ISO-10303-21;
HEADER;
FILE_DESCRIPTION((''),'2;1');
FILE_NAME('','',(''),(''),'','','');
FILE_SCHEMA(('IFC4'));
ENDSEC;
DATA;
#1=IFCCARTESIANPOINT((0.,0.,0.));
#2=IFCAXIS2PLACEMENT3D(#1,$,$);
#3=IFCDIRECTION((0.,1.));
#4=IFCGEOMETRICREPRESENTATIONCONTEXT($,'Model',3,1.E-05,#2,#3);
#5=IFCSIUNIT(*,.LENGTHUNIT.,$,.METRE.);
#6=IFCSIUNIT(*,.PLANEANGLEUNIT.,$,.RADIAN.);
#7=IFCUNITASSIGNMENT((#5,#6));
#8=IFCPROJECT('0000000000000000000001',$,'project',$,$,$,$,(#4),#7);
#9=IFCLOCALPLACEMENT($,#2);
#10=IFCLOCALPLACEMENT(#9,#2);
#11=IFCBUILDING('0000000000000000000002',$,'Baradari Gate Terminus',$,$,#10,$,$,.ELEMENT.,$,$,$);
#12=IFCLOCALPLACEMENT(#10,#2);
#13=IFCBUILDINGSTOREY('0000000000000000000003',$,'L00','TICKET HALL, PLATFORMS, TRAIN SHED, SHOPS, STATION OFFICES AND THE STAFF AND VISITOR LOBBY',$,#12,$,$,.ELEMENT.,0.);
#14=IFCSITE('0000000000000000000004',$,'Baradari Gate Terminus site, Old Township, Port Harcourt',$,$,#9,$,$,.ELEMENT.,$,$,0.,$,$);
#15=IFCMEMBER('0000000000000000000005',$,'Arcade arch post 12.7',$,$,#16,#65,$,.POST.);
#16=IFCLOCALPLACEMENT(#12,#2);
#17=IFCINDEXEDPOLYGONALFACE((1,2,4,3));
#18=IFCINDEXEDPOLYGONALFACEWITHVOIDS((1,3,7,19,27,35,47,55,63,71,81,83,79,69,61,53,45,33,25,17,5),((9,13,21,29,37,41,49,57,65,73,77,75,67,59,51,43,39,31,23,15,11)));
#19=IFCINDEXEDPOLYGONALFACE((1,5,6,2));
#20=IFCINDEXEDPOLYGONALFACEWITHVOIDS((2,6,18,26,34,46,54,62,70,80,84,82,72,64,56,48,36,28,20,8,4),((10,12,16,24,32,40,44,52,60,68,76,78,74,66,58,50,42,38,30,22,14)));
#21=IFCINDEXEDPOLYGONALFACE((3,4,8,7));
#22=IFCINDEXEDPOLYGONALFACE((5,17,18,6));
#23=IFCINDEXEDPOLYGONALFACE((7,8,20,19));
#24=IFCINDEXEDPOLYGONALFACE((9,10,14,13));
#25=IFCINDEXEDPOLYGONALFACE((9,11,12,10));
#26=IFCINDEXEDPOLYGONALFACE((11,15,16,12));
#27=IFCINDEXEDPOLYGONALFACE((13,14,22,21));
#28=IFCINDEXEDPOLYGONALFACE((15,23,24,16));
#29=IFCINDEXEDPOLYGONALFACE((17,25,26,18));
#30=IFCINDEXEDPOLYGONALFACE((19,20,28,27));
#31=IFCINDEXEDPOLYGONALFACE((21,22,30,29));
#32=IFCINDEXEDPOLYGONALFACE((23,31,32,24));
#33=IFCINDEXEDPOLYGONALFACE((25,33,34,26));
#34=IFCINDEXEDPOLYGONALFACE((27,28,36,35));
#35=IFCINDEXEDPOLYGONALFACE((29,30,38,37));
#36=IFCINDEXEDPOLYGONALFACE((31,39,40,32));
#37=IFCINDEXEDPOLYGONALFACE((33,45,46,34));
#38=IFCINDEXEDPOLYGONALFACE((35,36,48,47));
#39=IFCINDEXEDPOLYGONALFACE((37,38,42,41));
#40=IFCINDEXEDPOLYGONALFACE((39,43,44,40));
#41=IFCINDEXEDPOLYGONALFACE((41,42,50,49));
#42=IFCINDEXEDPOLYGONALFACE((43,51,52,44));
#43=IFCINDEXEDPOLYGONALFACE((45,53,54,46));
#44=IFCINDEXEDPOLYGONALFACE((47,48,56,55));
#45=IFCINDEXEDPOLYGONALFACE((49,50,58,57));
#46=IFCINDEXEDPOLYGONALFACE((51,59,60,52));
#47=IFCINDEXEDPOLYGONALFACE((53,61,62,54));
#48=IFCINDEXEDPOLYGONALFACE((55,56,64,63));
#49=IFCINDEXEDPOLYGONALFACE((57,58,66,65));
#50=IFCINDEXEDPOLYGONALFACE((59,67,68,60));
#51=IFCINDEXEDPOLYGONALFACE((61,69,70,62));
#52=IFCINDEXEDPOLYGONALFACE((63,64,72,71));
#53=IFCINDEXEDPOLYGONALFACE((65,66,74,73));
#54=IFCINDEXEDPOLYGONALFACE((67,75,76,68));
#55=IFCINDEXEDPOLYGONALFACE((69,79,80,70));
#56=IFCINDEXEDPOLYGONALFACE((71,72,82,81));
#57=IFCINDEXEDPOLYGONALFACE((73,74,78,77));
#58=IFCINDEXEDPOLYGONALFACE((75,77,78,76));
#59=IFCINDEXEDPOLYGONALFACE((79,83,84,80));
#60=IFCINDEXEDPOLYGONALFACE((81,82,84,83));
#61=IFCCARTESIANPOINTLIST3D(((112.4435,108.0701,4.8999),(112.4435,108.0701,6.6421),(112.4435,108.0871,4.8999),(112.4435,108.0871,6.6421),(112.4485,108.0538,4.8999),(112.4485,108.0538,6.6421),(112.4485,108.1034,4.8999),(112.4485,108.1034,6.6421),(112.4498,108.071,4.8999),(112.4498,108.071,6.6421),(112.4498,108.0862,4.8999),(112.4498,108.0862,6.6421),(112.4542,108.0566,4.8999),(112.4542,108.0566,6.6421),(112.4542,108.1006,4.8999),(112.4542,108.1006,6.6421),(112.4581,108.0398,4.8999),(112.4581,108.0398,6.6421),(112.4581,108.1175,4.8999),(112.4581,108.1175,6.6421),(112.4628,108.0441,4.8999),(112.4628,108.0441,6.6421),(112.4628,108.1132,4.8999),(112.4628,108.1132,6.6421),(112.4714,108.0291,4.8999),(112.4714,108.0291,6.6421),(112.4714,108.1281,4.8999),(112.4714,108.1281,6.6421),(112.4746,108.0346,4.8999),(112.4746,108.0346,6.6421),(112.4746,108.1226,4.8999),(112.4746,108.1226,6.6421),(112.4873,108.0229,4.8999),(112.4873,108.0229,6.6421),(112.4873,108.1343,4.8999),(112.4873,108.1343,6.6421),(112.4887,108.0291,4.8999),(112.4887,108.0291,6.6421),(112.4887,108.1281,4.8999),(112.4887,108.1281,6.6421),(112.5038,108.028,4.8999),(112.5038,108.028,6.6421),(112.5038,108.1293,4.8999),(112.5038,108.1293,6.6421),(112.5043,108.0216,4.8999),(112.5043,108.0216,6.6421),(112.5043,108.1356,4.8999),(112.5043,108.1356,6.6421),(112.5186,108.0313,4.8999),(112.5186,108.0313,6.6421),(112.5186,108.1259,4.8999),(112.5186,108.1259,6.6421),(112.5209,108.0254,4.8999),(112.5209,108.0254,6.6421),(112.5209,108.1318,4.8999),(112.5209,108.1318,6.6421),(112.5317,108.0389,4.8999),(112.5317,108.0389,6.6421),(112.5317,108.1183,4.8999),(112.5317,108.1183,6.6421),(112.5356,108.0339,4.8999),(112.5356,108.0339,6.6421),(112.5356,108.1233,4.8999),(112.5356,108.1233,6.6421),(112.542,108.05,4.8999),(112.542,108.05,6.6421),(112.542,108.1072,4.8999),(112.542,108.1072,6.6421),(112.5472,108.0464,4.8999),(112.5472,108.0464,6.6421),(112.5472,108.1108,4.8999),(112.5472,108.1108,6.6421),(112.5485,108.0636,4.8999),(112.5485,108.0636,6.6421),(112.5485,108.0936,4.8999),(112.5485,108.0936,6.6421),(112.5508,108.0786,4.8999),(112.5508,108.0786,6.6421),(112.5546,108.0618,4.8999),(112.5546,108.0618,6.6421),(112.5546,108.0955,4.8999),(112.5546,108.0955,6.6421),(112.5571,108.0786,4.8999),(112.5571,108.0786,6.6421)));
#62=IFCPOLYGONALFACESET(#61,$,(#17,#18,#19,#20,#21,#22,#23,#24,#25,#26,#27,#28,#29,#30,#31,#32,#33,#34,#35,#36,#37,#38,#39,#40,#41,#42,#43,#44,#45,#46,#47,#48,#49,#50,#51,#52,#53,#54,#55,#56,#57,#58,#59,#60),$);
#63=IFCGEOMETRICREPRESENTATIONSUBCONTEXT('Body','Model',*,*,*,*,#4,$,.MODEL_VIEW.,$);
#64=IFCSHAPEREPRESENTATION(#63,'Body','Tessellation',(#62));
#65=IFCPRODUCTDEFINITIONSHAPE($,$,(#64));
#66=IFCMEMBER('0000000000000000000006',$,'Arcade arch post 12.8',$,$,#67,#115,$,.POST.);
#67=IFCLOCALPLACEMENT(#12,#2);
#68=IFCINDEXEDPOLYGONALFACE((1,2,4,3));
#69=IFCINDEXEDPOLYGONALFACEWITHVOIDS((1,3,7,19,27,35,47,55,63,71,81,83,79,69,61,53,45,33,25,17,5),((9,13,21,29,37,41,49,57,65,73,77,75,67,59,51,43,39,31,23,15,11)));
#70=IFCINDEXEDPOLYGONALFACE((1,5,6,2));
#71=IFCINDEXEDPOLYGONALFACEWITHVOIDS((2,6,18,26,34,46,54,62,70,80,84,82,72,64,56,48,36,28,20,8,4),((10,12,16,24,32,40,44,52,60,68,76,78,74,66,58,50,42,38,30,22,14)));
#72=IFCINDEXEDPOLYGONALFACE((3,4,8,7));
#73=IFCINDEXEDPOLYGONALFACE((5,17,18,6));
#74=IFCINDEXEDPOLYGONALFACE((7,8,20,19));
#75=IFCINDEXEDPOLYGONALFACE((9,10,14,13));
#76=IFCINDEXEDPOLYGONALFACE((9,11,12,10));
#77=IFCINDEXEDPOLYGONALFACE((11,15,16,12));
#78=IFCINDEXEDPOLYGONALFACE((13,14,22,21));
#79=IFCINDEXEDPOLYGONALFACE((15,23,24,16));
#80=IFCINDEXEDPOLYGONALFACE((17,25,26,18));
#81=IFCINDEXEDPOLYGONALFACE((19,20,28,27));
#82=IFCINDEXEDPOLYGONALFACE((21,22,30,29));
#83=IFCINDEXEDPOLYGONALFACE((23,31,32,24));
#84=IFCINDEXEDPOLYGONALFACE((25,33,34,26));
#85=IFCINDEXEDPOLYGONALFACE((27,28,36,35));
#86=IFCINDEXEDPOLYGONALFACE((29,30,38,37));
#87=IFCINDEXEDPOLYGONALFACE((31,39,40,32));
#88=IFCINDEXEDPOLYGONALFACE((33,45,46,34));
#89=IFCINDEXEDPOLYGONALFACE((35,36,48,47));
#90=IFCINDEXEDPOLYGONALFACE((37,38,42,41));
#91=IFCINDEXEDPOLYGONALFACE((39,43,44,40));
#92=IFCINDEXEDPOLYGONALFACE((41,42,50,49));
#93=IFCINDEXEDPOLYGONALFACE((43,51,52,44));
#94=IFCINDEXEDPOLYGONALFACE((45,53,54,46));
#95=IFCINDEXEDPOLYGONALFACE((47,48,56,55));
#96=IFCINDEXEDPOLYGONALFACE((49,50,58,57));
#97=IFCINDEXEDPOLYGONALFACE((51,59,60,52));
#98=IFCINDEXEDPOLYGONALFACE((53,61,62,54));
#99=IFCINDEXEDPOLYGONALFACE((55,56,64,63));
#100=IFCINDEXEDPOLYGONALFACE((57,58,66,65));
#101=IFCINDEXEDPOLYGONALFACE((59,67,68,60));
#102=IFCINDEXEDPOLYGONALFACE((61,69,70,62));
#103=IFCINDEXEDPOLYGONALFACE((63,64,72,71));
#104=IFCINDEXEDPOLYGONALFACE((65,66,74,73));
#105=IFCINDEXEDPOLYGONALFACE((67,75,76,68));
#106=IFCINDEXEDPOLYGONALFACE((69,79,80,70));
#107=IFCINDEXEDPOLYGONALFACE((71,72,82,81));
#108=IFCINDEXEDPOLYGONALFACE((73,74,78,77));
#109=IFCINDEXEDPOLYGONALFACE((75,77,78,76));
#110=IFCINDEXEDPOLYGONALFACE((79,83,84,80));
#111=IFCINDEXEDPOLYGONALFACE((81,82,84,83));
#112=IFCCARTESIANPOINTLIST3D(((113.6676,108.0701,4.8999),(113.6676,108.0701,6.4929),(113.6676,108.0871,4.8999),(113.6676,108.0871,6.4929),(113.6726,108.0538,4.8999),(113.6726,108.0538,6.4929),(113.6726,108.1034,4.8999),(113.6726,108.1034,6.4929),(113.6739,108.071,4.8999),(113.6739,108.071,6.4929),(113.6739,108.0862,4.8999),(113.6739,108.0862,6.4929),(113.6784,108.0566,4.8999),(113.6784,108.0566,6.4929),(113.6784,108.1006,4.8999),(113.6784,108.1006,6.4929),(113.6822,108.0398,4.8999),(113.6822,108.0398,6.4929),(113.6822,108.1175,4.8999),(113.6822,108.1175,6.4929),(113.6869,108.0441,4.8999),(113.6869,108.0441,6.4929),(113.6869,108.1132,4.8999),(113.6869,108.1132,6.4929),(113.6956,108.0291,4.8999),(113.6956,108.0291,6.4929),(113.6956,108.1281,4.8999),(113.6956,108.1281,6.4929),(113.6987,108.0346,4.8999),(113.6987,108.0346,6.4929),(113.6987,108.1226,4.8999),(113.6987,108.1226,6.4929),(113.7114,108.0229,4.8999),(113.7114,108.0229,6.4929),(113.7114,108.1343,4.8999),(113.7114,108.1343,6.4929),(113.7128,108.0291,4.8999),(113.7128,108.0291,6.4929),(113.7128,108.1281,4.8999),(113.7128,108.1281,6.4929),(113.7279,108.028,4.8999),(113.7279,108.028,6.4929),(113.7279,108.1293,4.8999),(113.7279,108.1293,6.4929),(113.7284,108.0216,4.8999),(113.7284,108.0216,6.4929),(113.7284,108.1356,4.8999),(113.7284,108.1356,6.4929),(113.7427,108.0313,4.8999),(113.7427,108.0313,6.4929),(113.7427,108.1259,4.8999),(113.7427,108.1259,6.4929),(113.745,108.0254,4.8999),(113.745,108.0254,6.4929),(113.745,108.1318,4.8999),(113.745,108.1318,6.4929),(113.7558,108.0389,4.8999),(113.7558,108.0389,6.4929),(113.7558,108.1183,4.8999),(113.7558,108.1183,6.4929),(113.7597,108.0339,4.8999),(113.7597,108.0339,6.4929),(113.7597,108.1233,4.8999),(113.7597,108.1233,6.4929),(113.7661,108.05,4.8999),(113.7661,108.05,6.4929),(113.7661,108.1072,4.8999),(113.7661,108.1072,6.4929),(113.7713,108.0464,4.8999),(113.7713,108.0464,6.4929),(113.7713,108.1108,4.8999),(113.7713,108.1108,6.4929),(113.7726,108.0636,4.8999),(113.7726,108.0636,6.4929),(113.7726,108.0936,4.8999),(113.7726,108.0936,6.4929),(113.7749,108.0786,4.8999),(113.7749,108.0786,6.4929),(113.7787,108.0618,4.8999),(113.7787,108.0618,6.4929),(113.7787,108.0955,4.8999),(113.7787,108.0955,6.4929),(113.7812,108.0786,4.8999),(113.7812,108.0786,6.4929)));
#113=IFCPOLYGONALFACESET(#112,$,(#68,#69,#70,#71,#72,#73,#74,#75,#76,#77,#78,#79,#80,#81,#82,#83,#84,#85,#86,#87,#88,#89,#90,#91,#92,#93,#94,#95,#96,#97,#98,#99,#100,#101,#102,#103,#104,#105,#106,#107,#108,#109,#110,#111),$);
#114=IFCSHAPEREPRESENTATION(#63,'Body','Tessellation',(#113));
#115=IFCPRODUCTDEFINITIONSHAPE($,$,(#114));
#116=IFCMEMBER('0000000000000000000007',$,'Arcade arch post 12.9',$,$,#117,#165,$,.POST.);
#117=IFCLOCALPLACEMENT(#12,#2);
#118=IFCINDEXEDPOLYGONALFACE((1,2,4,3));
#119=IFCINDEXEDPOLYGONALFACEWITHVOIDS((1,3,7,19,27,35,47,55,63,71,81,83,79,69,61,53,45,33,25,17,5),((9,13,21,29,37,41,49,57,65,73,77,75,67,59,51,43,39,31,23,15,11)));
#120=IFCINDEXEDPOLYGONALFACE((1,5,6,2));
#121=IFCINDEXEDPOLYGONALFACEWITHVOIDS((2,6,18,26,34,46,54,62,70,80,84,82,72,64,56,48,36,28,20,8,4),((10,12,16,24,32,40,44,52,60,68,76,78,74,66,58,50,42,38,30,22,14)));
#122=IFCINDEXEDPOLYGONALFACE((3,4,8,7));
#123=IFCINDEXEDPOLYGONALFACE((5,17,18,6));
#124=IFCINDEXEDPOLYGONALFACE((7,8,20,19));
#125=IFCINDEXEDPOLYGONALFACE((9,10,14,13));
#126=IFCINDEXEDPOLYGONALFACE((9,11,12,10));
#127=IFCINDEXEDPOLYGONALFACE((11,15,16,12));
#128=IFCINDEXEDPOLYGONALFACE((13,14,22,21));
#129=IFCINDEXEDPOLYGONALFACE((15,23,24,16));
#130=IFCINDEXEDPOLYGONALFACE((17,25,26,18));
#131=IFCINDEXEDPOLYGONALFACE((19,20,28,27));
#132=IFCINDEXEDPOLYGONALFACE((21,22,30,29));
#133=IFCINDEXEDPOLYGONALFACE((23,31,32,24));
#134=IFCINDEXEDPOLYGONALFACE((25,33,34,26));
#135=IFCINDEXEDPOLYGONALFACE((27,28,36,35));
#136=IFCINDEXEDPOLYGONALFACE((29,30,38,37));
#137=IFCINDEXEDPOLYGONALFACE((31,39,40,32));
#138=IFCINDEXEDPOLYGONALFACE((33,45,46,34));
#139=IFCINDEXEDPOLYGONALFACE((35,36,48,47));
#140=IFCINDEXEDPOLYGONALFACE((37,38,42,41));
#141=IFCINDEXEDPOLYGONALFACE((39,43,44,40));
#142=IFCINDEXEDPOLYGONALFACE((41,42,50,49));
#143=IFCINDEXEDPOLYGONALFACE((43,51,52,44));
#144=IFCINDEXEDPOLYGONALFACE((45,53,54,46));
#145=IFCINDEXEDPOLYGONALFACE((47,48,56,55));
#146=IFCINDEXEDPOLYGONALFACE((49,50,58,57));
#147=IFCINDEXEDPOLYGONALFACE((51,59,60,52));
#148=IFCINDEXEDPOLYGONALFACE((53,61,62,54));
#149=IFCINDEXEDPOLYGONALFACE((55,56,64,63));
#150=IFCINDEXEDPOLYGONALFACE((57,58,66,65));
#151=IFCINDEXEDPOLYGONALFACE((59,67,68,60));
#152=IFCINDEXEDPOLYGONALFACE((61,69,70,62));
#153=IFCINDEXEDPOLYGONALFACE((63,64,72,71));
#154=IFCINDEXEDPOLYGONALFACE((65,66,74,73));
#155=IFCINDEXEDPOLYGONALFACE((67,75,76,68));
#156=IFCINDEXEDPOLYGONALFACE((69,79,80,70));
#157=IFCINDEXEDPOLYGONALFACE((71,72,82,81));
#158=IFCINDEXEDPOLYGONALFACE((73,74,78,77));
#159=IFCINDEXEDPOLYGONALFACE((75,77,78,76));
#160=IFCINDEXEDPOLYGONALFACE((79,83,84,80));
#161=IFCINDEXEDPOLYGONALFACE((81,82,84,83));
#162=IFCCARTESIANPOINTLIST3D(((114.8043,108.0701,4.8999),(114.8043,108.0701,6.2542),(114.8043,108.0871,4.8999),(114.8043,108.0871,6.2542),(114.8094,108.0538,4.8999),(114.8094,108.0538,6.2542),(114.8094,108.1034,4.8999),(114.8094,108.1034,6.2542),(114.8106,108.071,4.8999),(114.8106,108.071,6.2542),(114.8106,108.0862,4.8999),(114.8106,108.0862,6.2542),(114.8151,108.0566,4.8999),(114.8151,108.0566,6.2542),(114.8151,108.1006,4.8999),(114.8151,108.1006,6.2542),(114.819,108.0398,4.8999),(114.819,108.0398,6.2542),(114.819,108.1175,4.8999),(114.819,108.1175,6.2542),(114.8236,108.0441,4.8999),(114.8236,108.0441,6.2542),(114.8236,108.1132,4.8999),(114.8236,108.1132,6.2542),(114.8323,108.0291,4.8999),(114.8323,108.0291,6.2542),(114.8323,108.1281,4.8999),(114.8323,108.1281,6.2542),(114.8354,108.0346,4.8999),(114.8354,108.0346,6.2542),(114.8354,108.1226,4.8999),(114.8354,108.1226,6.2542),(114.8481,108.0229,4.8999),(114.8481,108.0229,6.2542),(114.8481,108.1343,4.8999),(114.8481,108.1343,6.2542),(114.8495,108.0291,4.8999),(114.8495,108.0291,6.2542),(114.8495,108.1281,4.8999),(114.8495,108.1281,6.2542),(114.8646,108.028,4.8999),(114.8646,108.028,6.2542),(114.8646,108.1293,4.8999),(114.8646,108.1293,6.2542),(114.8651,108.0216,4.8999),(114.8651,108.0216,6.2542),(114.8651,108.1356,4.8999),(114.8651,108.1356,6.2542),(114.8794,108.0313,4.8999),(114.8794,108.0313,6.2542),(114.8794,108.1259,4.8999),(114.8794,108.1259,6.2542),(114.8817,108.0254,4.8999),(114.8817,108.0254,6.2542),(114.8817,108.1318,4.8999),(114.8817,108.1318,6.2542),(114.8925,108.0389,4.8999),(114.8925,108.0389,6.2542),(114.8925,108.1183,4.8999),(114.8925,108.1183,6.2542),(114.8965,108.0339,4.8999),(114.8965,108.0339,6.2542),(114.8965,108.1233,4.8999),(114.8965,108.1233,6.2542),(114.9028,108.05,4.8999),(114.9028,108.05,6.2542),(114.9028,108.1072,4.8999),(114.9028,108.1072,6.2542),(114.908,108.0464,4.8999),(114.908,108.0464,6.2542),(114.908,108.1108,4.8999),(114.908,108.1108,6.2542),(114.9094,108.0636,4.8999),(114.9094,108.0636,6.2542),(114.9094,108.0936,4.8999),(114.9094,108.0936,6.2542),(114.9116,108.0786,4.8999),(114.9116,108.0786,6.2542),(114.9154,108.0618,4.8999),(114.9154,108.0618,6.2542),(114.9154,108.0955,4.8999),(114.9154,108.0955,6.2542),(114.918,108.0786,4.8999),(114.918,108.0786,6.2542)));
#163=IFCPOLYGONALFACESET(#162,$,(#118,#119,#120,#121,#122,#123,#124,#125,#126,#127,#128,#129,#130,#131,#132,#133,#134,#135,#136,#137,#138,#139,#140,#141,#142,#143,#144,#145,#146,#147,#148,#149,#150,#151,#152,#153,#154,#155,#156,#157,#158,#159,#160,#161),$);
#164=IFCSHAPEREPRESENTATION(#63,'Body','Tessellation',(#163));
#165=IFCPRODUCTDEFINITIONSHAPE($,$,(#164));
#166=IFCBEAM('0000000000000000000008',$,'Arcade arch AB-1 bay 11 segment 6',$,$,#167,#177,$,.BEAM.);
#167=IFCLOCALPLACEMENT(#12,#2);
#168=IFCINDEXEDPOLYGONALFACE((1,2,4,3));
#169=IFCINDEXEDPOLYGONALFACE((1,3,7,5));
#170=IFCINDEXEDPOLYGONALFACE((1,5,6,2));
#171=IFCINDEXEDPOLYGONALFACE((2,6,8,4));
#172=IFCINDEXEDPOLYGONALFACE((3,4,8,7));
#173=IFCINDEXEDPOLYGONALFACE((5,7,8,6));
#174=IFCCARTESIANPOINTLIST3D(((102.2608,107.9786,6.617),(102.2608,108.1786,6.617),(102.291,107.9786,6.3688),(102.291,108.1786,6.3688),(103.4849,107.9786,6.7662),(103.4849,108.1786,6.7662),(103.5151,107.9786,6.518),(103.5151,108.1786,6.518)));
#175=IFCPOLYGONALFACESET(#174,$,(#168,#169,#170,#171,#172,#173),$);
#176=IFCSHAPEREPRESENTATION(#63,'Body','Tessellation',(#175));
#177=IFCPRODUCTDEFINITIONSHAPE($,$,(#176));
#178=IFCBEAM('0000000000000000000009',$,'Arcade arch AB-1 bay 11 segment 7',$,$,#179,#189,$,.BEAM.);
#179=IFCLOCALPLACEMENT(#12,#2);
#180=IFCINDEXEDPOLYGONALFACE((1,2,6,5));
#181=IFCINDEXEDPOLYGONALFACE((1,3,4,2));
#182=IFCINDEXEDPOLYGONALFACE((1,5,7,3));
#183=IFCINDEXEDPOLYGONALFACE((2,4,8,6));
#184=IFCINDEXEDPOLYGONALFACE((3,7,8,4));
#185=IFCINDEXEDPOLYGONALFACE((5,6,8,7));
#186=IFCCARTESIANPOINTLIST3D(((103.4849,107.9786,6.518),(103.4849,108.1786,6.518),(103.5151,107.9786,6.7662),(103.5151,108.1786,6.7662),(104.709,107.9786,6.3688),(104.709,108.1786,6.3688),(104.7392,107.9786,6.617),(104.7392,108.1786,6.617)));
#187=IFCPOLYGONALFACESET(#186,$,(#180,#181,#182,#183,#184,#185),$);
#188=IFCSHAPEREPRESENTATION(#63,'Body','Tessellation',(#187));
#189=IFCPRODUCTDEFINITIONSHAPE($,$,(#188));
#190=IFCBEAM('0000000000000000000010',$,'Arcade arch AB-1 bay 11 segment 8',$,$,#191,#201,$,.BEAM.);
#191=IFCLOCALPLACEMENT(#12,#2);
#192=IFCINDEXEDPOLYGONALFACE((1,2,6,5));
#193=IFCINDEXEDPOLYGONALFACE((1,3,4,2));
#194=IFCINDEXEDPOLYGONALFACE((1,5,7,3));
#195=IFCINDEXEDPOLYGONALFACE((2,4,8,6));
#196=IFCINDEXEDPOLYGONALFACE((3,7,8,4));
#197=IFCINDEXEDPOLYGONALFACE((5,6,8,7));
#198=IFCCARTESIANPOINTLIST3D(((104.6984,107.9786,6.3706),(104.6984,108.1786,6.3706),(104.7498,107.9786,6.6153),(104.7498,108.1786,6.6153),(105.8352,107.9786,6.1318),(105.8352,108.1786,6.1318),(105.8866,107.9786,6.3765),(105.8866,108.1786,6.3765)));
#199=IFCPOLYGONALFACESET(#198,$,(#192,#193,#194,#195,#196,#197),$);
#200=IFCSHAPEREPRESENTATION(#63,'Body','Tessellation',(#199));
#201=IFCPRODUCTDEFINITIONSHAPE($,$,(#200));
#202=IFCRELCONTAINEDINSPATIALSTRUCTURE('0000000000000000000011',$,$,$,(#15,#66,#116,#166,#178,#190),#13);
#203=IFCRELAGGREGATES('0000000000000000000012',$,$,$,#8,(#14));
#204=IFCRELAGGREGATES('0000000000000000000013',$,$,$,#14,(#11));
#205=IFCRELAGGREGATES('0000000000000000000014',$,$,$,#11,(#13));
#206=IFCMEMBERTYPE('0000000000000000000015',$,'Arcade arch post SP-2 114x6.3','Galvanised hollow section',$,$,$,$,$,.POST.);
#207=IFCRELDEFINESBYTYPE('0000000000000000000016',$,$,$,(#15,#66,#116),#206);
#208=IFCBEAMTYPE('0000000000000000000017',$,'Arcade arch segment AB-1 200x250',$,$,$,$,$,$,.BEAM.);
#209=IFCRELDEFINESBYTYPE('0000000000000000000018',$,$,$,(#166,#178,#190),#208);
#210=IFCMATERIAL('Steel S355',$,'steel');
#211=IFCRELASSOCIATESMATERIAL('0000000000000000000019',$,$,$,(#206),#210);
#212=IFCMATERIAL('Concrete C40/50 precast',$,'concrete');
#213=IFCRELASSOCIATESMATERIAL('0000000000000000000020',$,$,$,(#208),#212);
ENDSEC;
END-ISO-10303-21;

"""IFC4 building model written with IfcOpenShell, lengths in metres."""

from ifc_helpers import new_model, si_unit, direction, frame, origin, origin_2d, place, context, subcontext, project, spatial, rectangle, hollow_circle, extrude, material, material_profile, profile_set, type_object, element, save


model = new_model("IFC4")

# Units and contexts
model_context = context("Model", 3, precision=1e-05, world=origin(), true_north=direction((0.0, 1.0)))
body_context = subcontext(model_context, "Body", "Model", "MODEL_VIEW")
ifc_project = project(units=[si_unit("LENGTHUNIT", "METRE"), si_unit("PLANEANGLEUNIT", "RADIAN")], contexts=[model_context])

# Site, building, storey
site_placement = place(None, origin())
site = spatial("IfcSite", under=ifc_project, at=site_placement, Name="Baradari Gate Terminus site, Old Township, Port Harcourt", CompositionType="ELEMENT", RefElevation=0.0)
building_placement = place(site_placement, origin())
building = spatial("IfcBuilding", under=site, at=building_placement, Name="Baradari Gate Terminus", CompositionType="ELEMENT")
storey_placement = place(building_placement, origin())
storey = spatial("IfcBuildingStorey", under=building, at=storey_placement, Name="L00", Description="TICKET HALL, PLATFORMS, TRAIN SHED, SHOPS, STATION OFFICES AND THE STAFF AND VISITOR LOBBY", CompositionType="ELEMENT", Elevation=0.0)

# Members
ifc_material_1 = material(Name="Steel S355", Category="steel")
ifc_material_profile_1 = material_profile(ifc_material_1, hollow_circle(Radius=0.0571, WallThickness=0.0063, at=origin_2d()), Name="CHS 114.3x6.3")
ifc_profile_set_1 = profile_set([ifc_material_profile_1], Name="Steel S355")
member_type = type_object("IfcMemberType", Name="Arcade arch post SP-2 114x6.3", Description="Galvanised hollow section", PredefinedType="POST", material=ifc_profile_set_1)
member_1_placement = place(storey_placement, frame((112.5, 108.0786, 4.8999), z_axis=(0.0, 0.0, 1.0), x_axis=(1.0, 0.0, 0.0)))
element("IfcMember", 1, at=member_1_placement, inside=storey, type_object=member_type, Name="Arcade arch post 12.7", PredefinedType="POST", context=body_context, shape_type="SweptSolid", body=[
    extrude(hollow_circle(Radius=0.0571, WallThickness=0.0063, at=origin_2d()), origin(), (0.0, 0.0, 1.0), 1.7422),
])
member_2_placement = place(storey_placement, frame((113.7241, 108.0786, 4.8999), z_axis=(0.0, 0.0, 1.0), x_axis=(1.0, 0.0, 0.0)))
element("IfcMember", 2, at=member_2_placement, inside=storey, type_object=member_type, Name="Arcade arch post 12.8", PredefinedType="POST", context=body_context, shape_type="SweptSolid", body=[
    extrude(hollow_circle(Radius=0.0571, WallThickness=0.0063, at=origin_2d()), origin(), (0.0, 0.0, 1.0), 1.593),
])
member_3_placement = place(storey_placement, frame((114.8608, 108.0786, 4.8999), z_axis=(0.0, 0.0, 1.0), x_axis=(1.0, 0.0, 0.0)))
element("IfcMember", 3, at=member_3_placement, inside=storey, type_object=member_type, Name="Arcade arch post 12.9", PredefinedType="POST", context=body_context, shape_type="SweptSolid", body=[
    extrude(hollow_circle(Radius=0.0571, WallThickness=0.0063, at=origin_2d()), origin(), (0.0, 0.0, 1.0), 1.3542),
])

# Beams
ifc_material_2 = material(Name="Concrete C40/50 precast", Category="concrete")
ifc_material_profile_2 = material_profile(ifc_material_2, rectangle(XDim=0.2, YDim=0.25, at=origin_2d()), Name="AB-1 200X250")
ifc_profile_set_2 = profile_set([ifc_material_profile_2], Name="Concrete C40/50 precast")
beam_type = type_object("IfcBeamType", Name="Arcade arch segment AB-1 200x250", PredefinedType="BEAM", material=ifc_profile_set_2)
for number, where, z_axis, x_axis, name in (
    (4, (102.2759, 108.0786, 6.4929), (0.992657, 0.0, 0.120964), (0.0, 1.0, 0.0), "Arcade arch AB-1 bay 11 segment 6"),
    (5, (103.5, 108.0786, 6.6421), (0.992657, 0.0, -0.120964), (0.0, 1.0, 0.0), "Arcade arch AB-1 bay 11 segment 7"),
):
    element("IfcBeam", number, at=place(storey_placement, frame(where, z_axis=z_axis, x_axis=x_axis)), inside=storey, type_object=beam_type, Name=name, PredefinedType="BEAM", context=body_context, shape_type="SweptSolid", body=[
        extrude(rectangle(XDim=0.2, YDim=0.25, at=origin_2d()), origin(), (0.0, 0.0, 1.0), 1.2332),
    ])
beam_1_placement = place(storey_placement, frame((104.7241, 108.0786, 6.4929), z_axis=(0.978643, 0.0, -0.205566), x_axis=(0.0, 1.0, 0.0)))
element("IfcBeam", 6, at=beam_1_placement, inside=storey, type_object=beam_type, Name="Arcade arch AB-1 bay 11 segment 8", PredefinedType="BEAM", context=body_context, shape_type="SweptSolid", body=[
    extrude(rectangle(XDim=0.2, YDim=0.25, at=origin_2d()), origin(), (0.0, 0.0, 1.0), 1.1616),
])

save(model, "model.ifc")
